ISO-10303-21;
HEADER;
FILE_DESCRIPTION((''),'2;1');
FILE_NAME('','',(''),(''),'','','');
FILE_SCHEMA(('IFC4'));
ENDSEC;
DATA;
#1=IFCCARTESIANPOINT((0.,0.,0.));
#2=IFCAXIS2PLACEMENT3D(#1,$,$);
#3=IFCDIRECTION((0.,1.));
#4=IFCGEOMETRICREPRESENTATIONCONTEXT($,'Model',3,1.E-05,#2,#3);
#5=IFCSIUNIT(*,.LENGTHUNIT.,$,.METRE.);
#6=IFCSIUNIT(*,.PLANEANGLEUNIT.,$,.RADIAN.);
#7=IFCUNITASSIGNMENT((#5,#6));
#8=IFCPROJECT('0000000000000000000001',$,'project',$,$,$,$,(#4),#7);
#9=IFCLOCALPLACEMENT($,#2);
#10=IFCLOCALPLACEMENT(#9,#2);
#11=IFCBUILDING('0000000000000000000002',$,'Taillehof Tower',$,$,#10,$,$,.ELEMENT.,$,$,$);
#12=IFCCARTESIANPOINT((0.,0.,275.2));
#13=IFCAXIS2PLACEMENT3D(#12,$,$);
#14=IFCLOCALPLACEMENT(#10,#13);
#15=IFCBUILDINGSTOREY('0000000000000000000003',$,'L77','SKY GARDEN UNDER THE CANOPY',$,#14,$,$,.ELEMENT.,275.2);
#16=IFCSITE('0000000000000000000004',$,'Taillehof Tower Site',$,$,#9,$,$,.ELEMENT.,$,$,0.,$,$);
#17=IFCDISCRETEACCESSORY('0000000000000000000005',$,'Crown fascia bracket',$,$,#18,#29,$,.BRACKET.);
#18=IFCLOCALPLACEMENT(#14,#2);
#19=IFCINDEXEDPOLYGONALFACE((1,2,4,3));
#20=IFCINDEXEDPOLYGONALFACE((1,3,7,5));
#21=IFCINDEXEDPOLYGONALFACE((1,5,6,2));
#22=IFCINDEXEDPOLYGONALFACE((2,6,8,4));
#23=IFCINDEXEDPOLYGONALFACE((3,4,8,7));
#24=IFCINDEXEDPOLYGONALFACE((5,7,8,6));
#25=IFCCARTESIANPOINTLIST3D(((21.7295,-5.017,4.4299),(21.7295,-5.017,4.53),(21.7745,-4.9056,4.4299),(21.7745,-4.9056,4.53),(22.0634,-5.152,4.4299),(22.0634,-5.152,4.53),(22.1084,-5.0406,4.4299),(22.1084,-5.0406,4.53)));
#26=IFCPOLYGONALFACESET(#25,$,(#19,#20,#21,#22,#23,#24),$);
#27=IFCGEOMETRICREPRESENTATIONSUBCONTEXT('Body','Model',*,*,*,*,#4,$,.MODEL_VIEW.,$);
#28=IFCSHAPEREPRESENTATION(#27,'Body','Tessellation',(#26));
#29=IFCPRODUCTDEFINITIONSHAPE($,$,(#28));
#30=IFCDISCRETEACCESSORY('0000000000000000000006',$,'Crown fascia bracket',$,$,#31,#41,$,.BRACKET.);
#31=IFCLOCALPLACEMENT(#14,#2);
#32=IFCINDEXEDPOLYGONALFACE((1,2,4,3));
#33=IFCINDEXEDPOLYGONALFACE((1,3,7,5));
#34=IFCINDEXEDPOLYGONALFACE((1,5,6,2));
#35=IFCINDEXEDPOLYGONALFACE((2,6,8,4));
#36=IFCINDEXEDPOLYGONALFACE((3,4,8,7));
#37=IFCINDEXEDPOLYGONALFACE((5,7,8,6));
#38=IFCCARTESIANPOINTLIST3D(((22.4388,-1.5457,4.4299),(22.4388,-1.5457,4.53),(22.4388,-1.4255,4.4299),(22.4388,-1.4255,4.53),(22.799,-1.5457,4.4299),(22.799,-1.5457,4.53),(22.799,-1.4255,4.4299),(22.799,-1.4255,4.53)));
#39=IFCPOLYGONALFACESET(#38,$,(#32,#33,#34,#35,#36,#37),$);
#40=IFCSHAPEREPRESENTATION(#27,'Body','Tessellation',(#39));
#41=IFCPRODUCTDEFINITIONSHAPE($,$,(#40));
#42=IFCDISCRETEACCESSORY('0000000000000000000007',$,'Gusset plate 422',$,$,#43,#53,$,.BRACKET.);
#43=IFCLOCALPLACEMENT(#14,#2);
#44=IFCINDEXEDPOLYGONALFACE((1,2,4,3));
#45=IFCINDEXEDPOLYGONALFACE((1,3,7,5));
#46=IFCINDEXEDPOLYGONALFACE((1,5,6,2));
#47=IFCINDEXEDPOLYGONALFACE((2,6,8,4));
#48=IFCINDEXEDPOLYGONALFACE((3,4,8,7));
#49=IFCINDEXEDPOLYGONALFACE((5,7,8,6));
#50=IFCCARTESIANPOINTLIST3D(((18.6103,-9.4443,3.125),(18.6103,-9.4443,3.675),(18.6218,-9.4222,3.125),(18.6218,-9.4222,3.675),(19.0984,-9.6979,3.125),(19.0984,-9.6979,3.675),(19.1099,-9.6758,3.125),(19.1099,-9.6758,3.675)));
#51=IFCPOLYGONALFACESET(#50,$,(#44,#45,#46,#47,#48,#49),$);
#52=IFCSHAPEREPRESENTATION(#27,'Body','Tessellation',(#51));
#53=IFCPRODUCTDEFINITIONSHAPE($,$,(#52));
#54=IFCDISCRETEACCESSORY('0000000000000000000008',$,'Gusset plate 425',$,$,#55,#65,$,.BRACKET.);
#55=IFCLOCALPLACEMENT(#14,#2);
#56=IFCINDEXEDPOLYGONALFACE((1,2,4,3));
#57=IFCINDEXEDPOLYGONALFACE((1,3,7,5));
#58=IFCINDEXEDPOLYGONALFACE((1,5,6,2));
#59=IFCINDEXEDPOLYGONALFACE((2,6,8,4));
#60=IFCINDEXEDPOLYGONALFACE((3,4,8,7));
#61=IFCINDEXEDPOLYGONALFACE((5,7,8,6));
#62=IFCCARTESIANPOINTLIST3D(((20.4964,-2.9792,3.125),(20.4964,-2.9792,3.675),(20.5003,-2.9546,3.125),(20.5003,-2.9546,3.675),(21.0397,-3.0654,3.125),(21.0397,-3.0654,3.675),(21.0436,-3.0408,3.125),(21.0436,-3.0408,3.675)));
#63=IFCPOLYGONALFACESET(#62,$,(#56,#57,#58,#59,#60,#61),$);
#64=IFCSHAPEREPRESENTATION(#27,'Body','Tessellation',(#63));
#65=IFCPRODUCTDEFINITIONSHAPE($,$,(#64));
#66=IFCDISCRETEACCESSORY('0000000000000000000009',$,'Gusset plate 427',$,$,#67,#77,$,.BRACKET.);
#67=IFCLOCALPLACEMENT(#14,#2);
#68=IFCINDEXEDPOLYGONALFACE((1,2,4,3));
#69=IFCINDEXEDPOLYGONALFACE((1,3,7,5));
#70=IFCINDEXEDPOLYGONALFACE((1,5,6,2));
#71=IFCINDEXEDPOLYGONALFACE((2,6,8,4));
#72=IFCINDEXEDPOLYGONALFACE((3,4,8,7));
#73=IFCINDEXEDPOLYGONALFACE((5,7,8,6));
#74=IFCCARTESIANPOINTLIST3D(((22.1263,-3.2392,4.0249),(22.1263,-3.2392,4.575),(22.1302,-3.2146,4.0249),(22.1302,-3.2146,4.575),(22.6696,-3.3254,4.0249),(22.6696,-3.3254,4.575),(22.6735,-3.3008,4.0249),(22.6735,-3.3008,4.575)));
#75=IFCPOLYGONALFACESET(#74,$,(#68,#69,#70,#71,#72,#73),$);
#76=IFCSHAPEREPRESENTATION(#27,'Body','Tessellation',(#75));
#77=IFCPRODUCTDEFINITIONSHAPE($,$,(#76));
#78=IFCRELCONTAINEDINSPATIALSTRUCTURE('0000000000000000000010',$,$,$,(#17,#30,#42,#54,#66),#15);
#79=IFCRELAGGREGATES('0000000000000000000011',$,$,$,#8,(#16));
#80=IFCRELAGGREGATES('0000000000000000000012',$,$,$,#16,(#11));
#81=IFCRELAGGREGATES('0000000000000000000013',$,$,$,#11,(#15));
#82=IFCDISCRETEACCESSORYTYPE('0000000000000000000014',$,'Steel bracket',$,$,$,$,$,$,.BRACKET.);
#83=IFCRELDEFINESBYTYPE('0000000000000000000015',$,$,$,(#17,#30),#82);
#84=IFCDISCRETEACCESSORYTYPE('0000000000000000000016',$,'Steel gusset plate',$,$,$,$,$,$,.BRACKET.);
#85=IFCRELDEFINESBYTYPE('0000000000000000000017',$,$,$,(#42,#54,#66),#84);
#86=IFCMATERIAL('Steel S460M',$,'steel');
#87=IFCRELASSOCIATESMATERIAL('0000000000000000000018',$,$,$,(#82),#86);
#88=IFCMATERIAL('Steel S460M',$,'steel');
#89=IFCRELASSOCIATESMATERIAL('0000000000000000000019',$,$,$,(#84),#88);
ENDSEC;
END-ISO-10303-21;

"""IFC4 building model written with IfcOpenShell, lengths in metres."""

from ifc_helpers import new_model, si_unit, direction, frame, origin, origin_2d, place, context, subcontext, project, spatial, rectangle, extrude, material, type_object, element, save


model = new_model("IFC4")

# Units and contexts
model_context = context("Model", 3, precision=1e-05, world=origin(), true_north=direction((0.0, 1.0)))
body_context = subcontext(model_context, "Body", "Model", "MODEL_VIEW")
ifc_project = project(units=[si_unit("LENGTHUNIT", "METRE"), si_unit("PLANEANGLEUNIT", "RADIAN")], contexts=[model_context])

# Site, building, storey
site_placement = place(None, origin())
site = spatial("IfcSite", under=ifc_project, at=site_placement, Name="Taillehof Tower Site", CompositionType="ELEMENT", RefElevation=0.0)
building_placement = place(site_placement, origin())
building = spatial("IfcBuilding", under=site, at=building_placement, Name="Taillehof Tower", CompositionType="ELEMENT")
storey_placement = place(building_placement, frame((0.0, 0.0, 275.2)))
storey = spatial("IfcBuildingStorey", under=building, at=storey_placement, Name="L77", Description="SKY GARDEN UNDER THE CANOPY", CompositionType="ELEMENT", Elevation=275.2)

# Discrete accessories
ifc_material_1 = material(Name="Steel S460M", Category="steel")
discrete_accessory_type_1 = type_object("IfcDiscreteAccessoryType", Name="Steel bracket", PredefinedType="BRACKET", material=ifc_material_1)
for number, where, z_axis, x_axis, name in (
    (1, (21.9189, -5.0288, 4.4299), (0.0, 0.0, 1.0), (0.927086, -0.374849, 0.0), "Crown fascia bracket"),
    (2, (22.6189, -1.4856, 4.4299), (0.0, 0.0, 1.0), (1.0, 0.0, 0.0), "Crown fascia bracket"),
):
    element("IfcDiscreteAccessory", number, at=place(storey_placement, frame(where, z_axis=z_axis, x_axis=x_axis)), inside=storey, type_object=discrete_accessory_type_1, Name=name, PredefinedType="BRACKET", context=body_context, shape_type="SweptSolid", body=[
        extrude(rectangle(XDim=0.3601, YDim=0.1201, at=origin_2d()), origin(), (0.0, 0.0, 1.0), 0.1001),
    ])
ifc_material_2 = material(Name="Steel S460M", Category="steel")
discrete_accessory_type_2 = type_object("IfcDiscreteAccessoryType", Name="Steel gusset plate", PredefinedType="BRACKET", material=ifc_material_2)
for number, where, z_axis, x_axis, name in (
    (3, (18.8601, -9.5601, 3.125), (0.0, 0.0, 1.0), (-0.887315, 0.461163, 0.0), "Gusset plate 422"),
    (4, (20.77, -3.01, 3.125), (0.0, 0.0, 1.0), (-0.987635, 0.156771, 0.0), "Gusset plate 425"),
    (5, (22.3999, -3.27, 4.0249), (0.0, 0.0, 1.0), (-0.987635, 0.156771, 0.0), "Gusset plate 427"),
):
    element("IfcDiscreteAccessory", number, at=place(storey_placement, frame(where, z_axis=z_axis, x_axis=x_axis)), inside=storey, type_object=discrete_accessory_type_2, Name=name, PredefinedType="BRACKET", context=body_context, shape_type="SweptSolid", body=[
        extrude(rectangle(XDim=0.55, YDim=0.0249, at=origin_2d()), origin(), (0.0, 0.0, 1.0), 0.55),
    ])

save(model, "model.ifc")
